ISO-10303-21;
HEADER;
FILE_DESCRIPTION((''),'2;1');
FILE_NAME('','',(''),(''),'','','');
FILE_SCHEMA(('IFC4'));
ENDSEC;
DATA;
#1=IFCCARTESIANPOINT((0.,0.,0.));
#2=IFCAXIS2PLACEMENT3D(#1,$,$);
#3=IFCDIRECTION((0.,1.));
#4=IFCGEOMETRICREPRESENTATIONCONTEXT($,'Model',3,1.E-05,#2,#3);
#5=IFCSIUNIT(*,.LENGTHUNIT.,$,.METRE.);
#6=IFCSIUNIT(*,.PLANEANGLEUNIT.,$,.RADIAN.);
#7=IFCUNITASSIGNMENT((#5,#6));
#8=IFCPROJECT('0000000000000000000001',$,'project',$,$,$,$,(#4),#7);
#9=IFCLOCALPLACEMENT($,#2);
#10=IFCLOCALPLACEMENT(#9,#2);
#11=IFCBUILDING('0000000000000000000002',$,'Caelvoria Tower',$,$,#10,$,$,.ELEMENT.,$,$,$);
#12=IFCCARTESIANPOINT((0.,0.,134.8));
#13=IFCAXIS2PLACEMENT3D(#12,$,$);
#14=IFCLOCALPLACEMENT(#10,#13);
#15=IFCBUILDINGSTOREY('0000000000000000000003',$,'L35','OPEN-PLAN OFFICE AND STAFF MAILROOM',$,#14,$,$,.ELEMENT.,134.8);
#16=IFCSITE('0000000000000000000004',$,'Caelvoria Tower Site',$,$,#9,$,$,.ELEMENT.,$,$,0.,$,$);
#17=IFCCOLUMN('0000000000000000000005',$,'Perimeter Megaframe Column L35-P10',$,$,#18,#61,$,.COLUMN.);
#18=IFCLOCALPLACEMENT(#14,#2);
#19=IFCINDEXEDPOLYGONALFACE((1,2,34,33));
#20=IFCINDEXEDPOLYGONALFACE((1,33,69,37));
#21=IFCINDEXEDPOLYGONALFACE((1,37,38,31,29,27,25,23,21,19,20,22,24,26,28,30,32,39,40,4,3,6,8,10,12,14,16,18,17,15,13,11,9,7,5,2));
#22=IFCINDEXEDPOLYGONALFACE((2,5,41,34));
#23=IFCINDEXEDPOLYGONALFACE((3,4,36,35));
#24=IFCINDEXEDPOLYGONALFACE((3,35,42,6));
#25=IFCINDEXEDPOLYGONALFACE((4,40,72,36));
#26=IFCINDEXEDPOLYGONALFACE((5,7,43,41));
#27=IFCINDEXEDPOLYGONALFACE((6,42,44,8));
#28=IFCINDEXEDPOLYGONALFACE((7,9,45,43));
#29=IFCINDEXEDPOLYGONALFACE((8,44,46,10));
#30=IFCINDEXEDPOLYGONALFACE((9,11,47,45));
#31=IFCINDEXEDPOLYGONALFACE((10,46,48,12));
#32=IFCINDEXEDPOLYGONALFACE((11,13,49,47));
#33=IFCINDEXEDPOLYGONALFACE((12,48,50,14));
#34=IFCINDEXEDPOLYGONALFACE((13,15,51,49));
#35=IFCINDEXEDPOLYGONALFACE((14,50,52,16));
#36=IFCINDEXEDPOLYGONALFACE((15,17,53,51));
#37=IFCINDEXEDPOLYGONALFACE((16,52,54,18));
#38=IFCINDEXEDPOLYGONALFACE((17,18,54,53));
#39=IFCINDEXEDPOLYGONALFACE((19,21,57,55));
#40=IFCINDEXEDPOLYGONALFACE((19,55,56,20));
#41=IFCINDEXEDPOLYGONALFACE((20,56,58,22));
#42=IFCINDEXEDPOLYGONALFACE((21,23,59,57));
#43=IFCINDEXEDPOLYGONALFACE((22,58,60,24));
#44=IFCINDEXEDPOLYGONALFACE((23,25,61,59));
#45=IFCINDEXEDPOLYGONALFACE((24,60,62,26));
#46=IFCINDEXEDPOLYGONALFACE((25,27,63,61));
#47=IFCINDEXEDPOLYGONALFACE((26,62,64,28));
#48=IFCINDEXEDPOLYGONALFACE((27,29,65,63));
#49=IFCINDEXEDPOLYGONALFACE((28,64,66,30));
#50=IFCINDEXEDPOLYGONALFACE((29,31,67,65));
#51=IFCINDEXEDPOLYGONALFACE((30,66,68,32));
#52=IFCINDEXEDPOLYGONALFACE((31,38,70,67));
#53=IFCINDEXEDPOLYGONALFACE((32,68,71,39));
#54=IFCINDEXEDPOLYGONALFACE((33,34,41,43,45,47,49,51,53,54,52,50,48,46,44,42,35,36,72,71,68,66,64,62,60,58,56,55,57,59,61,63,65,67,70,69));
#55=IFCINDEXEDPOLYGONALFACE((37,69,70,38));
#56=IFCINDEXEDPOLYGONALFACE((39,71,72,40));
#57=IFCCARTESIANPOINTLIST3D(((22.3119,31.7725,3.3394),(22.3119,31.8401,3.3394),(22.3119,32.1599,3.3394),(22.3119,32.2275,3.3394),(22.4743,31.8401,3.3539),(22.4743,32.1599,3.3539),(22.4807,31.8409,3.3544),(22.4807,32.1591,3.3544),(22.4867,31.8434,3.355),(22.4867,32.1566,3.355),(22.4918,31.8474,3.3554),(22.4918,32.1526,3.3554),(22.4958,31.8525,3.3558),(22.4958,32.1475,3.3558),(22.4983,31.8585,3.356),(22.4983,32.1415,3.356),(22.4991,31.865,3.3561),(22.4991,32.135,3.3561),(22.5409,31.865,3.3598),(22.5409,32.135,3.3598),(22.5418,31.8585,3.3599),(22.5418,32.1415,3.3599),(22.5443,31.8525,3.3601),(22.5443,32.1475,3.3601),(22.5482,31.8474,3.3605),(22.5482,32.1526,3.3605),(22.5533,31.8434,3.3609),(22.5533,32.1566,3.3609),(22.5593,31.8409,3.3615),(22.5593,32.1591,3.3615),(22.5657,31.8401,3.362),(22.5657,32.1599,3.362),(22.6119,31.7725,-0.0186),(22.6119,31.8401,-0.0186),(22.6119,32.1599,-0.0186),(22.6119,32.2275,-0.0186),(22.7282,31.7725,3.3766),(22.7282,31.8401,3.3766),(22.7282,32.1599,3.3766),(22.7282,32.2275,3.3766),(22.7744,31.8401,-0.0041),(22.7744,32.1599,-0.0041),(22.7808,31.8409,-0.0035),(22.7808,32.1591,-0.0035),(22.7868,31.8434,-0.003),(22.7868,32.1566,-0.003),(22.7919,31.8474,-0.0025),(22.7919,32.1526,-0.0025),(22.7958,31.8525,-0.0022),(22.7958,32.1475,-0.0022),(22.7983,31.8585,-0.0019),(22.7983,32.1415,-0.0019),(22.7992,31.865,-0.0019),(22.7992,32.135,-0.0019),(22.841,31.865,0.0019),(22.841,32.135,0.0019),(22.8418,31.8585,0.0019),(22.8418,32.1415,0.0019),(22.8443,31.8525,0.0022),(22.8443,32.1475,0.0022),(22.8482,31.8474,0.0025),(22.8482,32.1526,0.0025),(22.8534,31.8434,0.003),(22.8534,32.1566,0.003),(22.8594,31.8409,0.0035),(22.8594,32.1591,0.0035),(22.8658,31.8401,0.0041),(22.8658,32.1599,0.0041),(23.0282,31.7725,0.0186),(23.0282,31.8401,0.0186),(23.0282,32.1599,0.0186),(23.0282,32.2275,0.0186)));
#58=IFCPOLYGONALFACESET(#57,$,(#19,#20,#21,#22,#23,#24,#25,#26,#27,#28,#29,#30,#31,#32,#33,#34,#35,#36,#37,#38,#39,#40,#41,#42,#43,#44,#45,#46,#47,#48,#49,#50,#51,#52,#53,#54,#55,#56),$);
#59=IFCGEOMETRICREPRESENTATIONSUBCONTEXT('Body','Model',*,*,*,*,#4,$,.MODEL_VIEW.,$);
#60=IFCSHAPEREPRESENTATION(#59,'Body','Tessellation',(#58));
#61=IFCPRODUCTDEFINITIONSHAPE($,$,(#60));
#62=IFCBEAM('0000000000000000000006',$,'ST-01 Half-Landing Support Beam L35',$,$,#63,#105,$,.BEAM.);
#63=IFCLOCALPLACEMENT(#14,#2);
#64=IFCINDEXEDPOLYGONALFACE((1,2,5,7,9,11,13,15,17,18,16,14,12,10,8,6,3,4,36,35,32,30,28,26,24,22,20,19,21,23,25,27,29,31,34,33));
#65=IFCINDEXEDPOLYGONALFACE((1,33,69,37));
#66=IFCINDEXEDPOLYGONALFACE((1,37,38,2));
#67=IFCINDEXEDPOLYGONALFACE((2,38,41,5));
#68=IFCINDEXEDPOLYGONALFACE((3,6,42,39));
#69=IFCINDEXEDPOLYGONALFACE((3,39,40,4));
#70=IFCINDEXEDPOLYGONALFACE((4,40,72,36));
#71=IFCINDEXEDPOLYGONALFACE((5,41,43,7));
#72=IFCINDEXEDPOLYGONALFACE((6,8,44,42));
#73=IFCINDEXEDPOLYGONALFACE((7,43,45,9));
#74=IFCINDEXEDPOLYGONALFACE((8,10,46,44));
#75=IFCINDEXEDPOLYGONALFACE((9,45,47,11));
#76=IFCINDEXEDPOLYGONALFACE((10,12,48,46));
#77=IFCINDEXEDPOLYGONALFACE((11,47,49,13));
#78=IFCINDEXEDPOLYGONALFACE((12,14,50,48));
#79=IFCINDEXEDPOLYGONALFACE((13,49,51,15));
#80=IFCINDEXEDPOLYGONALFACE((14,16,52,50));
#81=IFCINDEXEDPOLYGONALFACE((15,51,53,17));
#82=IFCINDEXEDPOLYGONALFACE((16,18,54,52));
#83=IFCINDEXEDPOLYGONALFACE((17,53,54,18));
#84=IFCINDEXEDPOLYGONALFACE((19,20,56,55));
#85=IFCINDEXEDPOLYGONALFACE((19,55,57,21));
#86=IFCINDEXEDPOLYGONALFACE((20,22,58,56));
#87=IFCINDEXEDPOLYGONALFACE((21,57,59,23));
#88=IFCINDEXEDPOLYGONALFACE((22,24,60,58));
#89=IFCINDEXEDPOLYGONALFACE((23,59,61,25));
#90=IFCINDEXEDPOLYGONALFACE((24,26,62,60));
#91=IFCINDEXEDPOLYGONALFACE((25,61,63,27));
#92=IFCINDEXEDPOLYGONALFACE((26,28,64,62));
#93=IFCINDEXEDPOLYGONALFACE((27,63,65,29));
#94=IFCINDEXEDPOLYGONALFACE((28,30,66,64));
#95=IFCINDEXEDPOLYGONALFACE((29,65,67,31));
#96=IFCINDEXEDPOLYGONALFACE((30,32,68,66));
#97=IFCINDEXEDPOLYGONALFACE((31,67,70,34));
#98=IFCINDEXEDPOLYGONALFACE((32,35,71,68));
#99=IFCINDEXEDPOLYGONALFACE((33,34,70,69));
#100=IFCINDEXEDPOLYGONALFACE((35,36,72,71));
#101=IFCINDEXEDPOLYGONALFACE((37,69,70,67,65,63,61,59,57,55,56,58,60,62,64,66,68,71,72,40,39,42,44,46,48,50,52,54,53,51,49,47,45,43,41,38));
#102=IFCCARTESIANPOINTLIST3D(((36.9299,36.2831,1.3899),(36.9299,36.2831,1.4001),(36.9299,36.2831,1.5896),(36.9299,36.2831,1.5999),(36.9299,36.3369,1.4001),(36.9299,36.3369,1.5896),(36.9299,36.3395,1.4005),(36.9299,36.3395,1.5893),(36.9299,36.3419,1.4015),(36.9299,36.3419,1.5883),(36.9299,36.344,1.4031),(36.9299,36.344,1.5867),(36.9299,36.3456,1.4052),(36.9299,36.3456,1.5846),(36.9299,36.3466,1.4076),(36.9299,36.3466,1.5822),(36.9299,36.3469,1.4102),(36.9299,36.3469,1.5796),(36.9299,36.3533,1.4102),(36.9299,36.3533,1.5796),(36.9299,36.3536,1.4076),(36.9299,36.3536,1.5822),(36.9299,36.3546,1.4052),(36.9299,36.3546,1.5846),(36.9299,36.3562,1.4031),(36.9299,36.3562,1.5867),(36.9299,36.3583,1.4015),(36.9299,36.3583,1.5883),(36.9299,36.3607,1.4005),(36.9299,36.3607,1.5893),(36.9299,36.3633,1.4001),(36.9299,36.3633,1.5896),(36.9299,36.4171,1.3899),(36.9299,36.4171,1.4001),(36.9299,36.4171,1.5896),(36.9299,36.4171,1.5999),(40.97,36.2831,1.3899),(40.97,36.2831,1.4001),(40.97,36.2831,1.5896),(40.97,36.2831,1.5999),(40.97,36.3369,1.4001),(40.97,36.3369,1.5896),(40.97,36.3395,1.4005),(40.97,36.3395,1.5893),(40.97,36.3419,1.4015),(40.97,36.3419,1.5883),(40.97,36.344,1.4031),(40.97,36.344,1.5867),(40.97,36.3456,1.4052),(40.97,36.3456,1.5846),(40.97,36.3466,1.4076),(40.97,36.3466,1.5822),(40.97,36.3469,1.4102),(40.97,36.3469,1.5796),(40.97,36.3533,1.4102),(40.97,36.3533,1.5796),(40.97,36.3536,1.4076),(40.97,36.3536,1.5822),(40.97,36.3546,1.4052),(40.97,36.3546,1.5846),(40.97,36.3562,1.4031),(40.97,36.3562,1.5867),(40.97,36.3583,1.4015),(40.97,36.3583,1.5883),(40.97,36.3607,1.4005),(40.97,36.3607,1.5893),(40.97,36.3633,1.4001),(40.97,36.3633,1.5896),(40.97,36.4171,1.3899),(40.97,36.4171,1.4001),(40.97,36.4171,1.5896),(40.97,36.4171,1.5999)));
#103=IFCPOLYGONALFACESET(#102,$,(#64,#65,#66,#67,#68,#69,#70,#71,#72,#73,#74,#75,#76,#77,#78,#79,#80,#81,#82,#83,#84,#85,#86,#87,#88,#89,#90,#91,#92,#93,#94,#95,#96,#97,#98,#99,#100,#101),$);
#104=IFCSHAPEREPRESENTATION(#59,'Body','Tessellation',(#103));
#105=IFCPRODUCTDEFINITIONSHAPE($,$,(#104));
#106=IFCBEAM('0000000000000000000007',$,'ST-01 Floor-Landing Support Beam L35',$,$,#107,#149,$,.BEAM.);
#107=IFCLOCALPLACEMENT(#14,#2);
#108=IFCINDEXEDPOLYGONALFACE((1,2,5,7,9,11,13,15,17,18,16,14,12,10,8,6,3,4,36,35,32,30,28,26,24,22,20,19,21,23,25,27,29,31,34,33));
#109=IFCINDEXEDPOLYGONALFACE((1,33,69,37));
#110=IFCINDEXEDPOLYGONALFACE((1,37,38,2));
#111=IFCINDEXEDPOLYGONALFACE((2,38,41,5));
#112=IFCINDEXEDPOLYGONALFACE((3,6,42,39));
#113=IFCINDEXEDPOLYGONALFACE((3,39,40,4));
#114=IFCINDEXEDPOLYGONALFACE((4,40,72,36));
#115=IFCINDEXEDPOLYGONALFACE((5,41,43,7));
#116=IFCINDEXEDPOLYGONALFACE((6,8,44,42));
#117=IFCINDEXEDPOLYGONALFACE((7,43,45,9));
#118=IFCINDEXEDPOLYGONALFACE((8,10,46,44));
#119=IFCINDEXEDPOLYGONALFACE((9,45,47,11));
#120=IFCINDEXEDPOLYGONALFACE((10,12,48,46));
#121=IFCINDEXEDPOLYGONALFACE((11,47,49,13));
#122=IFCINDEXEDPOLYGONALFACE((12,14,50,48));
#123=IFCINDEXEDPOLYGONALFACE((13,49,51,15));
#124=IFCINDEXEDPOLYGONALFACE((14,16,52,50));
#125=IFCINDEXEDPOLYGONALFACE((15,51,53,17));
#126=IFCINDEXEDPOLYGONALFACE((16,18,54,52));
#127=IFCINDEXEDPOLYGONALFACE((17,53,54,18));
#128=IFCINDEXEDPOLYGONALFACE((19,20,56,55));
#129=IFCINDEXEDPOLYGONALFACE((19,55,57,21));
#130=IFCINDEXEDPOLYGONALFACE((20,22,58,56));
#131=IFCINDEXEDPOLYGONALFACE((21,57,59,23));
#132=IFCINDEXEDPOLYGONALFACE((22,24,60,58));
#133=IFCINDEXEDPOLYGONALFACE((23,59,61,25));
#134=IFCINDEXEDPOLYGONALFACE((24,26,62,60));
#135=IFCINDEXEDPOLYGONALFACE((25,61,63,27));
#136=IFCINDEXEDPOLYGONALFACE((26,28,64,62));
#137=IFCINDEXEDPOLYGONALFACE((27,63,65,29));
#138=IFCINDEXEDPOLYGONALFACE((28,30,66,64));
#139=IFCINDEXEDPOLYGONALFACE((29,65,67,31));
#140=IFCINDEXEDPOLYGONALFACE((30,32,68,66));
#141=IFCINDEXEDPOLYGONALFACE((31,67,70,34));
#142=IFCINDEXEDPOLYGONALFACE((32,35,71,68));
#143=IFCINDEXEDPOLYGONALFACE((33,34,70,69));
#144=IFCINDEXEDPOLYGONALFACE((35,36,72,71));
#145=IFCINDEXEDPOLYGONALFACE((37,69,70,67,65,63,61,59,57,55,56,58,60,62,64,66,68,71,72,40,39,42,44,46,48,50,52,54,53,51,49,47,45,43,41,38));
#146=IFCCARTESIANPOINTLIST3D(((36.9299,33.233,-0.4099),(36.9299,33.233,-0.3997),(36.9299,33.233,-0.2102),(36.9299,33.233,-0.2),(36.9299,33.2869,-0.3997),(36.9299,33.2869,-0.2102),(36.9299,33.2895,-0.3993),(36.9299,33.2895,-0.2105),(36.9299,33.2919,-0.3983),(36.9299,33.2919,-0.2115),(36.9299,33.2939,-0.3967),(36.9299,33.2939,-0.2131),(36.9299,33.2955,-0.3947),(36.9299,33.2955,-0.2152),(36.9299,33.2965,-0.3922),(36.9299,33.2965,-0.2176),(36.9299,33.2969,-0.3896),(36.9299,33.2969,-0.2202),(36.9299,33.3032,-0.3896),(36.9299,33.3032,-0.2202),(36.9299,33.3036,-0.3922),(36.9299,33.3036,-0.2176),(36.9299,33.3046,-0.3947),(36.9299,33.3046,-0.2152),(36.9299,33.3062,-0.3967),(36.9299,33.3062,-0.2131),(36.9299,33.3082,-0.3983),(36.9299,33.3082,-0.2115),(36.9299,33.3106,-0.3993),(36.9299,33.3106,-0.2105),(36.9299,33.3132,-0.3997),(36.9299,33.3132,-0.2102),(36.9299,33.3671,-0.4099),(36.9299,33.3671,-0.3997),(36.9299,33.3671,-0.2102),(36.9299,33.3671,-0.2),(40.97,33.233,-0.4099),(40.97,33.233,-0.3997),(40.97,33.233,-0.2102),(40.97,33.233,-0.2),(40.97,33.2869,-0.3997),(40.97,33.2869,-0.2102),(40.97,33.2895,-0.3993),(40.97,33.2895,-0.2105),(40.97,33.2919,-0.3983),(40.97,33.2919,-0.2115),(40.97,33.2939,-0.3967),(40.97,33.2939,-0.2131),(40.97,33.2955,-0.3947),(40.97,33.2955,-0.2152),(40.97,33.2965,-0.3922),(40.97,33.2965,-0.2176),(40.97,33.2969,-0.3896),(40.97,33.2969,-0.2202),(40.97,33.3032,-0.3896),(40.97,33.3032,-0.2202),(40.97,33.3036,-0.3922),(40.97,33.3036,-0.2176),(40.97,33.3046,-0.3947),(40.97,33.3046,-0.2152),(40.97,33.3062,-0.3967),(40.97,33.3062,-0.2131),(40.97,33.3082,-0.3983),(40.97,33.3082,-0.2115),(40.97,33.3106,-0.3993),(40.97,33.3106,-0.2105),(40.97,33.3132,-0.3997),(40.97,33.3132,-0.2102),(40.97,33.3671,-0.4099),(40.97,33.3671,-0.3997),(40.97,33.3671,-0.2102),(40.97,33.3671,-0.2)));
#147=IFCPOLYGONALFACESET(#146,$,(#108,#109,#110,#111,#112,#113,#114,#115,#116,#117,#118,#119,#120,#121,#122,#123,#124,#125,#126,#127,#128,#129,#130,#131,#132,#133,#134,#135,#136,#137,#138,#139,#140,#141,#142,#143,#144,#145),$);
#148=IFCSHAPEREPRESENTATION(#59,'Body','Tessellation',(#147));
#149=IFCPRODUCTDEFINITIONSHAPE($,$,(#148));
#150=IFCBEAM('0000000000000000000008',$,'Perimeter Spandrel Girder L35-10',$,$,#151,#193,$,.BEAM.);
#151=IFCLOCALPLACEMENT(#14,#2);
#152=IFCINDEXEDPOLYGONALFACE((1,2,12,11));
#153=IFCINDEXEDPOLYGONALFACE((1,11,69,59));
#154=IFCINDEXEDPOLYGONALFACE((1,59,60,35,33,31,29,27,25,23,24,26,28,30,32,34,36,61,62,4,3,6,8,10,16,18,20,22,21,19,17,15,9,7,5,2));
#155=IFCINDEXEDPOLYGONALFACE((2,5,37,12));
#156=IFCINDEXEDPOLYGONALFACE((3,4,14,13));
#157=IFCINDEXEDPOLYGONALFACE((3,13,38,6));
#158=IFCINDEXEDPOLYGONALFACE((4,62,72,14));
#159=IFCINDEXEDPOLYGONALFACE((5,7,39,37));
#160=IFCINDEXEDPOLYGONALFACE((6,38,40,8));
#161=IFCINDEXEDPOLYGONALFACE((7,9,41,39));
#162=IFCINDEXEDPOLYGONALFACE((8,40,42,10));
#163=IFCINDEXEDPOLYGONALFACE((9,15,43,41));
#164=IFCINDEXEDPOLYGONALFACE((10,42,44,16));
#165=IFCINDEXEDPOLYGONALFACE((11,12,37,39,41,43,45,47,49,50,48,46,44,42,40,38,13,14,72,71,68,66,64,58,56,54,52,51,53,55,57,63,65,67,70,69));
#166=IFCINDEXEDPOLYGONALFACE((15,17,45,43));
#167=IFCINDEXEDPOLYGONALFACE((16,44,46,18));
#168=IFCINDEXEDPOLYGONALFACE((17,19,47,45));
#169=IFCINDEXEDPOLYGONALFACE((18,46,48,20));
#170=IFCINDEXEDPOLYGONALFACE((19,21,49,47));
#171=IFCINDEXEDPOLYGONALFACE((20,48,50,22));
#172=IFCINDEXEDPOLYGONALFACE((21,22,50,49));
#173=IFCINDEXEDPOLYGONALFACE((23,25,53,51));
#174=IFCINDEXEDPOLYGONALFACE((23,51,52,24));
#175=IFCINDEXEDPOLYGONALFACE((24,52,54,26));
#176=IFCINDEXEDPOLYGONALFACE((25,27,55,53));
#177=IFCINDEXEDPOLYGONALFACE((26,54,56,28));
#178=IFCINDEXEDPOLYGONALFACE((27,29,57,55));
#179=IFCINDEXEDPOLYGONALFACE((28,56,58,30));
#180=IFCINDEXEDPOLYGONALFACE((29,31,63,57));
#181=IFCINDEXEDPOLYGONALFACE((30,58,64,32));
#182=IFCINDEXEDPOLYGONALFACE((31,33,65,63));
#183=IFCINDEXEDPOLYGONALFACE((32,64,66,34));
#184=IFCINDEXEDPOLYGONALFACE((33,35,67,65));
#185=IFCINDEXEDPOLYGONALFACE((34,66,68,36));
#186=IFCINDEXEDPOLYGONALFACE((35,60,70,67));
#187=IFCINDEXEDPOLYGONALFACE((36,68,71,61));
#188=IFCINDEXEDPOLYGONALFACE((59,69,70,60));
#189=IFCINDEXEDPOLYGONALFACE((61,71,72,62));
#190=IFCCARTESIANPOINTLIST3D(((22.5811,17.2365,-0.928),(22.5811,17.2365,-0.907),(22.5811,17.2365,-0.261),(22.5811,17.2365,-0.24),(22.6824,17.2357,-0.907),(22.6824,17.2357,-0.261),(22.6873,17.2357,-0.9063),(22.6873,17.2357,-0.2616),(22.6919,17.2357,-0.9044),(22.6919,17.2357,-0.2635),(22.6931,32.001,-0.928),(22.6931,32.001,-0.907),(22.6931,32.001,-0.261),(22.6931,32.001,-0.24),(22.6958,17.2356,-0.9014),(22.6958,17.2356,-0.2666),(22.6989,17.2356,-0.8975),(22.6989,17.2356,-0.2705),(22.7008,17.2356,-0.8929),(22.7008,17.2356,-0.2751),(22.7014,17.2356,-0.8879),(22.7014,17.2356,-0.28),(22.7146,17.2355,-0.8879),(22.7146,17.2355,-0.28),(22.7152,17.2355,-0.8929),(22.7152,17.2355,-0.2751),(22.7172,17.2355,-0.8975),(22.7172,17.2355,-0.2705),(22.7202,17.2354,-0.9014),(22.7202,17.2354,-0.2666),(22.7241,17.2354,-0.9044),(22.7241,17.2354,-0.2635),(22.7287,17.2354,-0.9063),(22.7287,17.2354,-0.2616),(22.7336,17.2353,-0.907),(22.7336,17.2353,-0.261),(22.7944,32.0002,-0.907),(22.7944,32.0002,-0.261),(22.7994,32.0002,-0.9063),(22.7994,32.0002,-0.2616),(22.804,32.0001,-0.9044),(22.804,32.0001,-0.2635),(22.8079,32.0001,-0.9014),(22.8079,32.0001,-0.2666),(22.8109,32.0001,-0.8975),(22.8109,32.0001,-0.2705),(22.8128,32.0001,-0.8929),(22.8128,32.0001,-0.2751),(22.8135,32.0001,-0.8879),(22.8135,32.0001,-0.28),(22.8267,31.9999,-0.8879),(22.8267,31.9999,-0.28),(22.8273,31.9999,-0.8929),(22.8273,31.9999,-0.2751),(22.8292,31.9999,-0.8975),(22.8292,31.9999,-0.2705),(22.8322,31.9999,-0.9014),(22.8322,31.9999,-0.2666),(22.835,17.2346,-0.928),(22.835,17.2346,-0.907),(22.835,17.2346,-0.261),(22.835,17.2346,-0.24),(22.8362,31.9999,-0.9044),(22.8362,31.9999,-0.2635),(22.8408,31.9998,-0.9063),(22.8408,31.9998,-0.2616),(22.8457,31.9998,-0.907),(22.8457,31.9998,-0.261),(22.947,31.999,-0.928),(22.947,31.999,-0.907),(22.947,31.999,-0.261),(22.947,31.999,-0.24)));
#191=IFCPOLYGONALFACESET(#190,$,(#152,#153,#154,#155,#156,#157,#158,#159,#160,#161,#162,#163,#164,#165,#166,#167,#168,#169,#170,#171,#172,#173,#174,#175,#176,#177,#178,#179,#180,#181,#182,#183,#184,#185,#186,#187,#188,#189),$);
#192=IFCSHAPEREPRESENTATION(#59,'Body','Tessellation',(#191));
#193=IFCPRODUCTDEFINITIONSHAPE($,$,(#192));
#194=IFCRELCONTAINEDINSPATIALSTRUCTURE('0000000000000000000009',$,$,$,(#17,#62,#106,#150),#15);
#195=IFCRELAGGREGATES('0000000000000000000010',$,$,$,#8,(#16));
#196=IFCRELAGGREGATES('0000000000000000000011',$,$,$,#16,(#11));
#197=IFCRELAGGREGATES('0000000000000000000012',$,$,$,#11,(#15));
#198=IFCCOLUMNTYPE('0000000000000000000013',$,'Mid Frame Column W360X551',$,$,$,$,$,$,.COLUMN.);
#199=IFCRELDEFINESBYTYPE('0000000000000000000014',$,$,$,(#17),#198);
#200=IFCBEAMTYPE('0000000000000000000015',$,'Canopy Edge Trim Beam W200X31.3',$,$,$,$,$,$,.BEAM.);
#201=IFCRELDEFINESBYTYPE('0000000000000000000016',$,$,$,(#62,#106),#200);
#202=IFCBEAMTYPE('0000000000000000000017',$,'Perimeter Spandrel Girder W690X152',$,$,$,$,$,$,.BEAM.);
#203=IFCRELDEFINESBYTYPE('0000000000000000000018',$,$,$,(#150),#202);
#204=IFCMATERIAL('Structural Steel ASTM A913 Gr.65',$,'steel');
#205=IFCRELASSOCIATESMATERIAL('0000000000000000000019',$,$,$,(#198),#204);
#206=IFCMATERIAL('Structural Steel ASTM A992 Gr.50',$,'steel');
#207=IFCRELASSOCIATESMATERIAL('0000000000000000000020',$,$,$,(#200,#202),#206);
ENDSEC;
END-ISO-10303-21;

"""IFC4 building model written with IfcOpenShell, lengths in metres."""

from ifc_helpers import new_model, si_unit, direction, frame, origin, origin_2d, place, context, subcontext, project, spatial, i_section, extrude, material, material_profile, profile_set, type_object, element, save


model = new_model("IFC4")

# Units and contexts
model_context = context("Model", 3, precision=1e-05, world=origin(), true_north=direction((0.0, 1.0)))
body_context = subcontext(model_context, "Body", "Model", "MODEL_VIEW")
ifc_project = project(units=[si_unit("LENGTHUNIT", "METRE"), si_unit("PLANEANGLEUNIT", "RADIAN")], contexts=[model_context])

# Site, building, storey
site_placement = place(None, origin())
site = spatial("IfcSite", under=ifc_project, at=site_placement, Name="Caelvoria Tower Site", CompositionType="ELEMENT", RefElevation=0.0)
building_placement = place(site_placement, origin())
building = spatial("IfcBuilding", under=site, at=building_placement, Name="Caelvoria Tower", CompositionType="ELEMENT")
storey_placement = place(building_placement, frame((0.0, 0.0, 134.8)))
storey = spatial("IfcBuildingStorey", under=building, at=storey_placement, Name="L35", Description="OPEN-PLAN OFFICE AND STAFF MAILROOM", CompositionType="ELEMENT", Elevation=134.8)

# Column
ifc_material_1 = material(Name="Structural Steel ASTM A913 Gr.65", Category="steel")
ifc_material_profile_1 = material_profile(ifc_material_1, i_section(OverallWidth=0.418, OverallDepth=0.4551, WebThickness=0.042, FlangeThickness=0.0676, FilletRadius=0.0249, at=origin_2d()), Name="Structural Steel ASTM A913 Gr.65")
ifc_profile_set_1 = profile_set([ifc_material_profile_1], Name="W360X551 - Structural Steel ASTM A913 Gr.65")
column_type = type_object("IfcColumnType", Name="Mid Frame Column W360X551", PredefinedType="COLUMN", material=ifc_profile_set_1)
column_placement = place(storey_placement, frame((22.8201, 32.0, 0.0), z_axis=(-0.089001, 0.0, 0.996032), x_axis=(0.996032, 0.0, 0.089001)))
element("IfcColumn", 1, at=column_placement, inside=storey, type_object=column_type, Name="Perimeter Megaframe Column L35-P10", PredefinedType="COLUMN", context=body_context, shape_type="SweptSolid", body=[
    extrude(i_section(OverallWidth=0.418, OverallDepth=0.4551, WebThickness=0.042, FlangeThickness=0.0676, FilletRadius=0.0249, at=origin_2d()), origin(), (0.0, 0.0, 1.0), 3.3713),
])

# Beams
ifc_material_2 = material(Name="Structural Steel ASTM A992 Gr.50", Category="steel")
ifc_material_profile_2 = material_profile(ifc_material_2, i_section(OverallWidth=0.134, OverallDepth=0.21, WebThickness=0.0063, FlangeThickness=0.0103, FilletRadius=0.01, at=origin_2d()), Name="Structural Steel ASTM A992 Gr.50")
ifc_profile_set_2 = profile_set([ifc_material_profile_2], Name="W200X31.3 - Structural Steel ASTM A992 Gr.50")
beam_type_1 = type_object("IfcBeamType", Name="Canopy Edge Trim Beam W200X31.3", PredefinedType="BEAM", material=ifc_profile_set_2)
for number, where, z_axis, x_axis, name in (
    (2, (36.9299, 36.3501, 1.4949), (1.0, 0.0, 0.0), (0.0, 1.0, 0.0), "ST-01 Half-Landing Support Beam L35"),
    (3, (36.9299, 33.3, -0.3049), (1.0, 0.0, 0.0), (0.0, 1.0, 0.0), "ST-01 Floor-Landing Support Beam L35"),
):
    element("IfcBeam", number, at=place(storey_placement, frame(where, z_axis=z_axis, x_axis=x_axis)), inside=storey, type_object=beam_type_1, Name=name, PredefinedType="BEAM", context=body_context, shape_type="SweptSolid", body=[
        extrude(i_section(OverallWidth=0.134, OverallDepth=0.21, WebThickness=0.0063, FlangeThickness=0.0103, FilletRadius=0.01, at=origin_2d()), origin(), (0.0, 0.0, 1.0), 4.04),
    ])
ifc_material_profile_3 = material_profile(ifc_material_2, i_section(OverallWidth=0.2539, OverallDepth=0.688, WebThickness=0.0132, FlangeThickness=0.021, FilletRadius=0.019, at=origin_2d()), Name="Structural Steel ASTM A992 Gr.50")
ifc_profile_set_3 = profile_set([ifc_material_profile_3], Name="W690X152 - Structural Steel ASTM A992 Gr.50")
beam_type_2 = type_object("IfcBeamType", Name="Perimeter Spandrel Girder W690X152", PredefinedType="BEAM", material=ifc_profile_set_3)
beam_1_placement = place(storey_placement, frame((22.8201, 32.0, -0.584), z_axis=(-0.00759, -0.999971, 0.0), x_axis=(0.999971, -0.00759, 0.0)))
element("IfcBeam", 4, at=beam_1_placement, inside=storey, type_object=beam_type_2, Name="Perimeter Spandrel Girder L35-10", PredefinedType="BEAM", context=body_context, shape_type="SweptSolid", body=[
    extrude(i_section(OverallWidth=0.2539, OverallDepth=0.688, WebThickness=0.0132, FlangeThickness=0.021, FilletRadius=0.019, at=origin_2d()), origin(), (0.0, 0.0, 1.0), 14.7649),
])

save(model, "model.ifc")
